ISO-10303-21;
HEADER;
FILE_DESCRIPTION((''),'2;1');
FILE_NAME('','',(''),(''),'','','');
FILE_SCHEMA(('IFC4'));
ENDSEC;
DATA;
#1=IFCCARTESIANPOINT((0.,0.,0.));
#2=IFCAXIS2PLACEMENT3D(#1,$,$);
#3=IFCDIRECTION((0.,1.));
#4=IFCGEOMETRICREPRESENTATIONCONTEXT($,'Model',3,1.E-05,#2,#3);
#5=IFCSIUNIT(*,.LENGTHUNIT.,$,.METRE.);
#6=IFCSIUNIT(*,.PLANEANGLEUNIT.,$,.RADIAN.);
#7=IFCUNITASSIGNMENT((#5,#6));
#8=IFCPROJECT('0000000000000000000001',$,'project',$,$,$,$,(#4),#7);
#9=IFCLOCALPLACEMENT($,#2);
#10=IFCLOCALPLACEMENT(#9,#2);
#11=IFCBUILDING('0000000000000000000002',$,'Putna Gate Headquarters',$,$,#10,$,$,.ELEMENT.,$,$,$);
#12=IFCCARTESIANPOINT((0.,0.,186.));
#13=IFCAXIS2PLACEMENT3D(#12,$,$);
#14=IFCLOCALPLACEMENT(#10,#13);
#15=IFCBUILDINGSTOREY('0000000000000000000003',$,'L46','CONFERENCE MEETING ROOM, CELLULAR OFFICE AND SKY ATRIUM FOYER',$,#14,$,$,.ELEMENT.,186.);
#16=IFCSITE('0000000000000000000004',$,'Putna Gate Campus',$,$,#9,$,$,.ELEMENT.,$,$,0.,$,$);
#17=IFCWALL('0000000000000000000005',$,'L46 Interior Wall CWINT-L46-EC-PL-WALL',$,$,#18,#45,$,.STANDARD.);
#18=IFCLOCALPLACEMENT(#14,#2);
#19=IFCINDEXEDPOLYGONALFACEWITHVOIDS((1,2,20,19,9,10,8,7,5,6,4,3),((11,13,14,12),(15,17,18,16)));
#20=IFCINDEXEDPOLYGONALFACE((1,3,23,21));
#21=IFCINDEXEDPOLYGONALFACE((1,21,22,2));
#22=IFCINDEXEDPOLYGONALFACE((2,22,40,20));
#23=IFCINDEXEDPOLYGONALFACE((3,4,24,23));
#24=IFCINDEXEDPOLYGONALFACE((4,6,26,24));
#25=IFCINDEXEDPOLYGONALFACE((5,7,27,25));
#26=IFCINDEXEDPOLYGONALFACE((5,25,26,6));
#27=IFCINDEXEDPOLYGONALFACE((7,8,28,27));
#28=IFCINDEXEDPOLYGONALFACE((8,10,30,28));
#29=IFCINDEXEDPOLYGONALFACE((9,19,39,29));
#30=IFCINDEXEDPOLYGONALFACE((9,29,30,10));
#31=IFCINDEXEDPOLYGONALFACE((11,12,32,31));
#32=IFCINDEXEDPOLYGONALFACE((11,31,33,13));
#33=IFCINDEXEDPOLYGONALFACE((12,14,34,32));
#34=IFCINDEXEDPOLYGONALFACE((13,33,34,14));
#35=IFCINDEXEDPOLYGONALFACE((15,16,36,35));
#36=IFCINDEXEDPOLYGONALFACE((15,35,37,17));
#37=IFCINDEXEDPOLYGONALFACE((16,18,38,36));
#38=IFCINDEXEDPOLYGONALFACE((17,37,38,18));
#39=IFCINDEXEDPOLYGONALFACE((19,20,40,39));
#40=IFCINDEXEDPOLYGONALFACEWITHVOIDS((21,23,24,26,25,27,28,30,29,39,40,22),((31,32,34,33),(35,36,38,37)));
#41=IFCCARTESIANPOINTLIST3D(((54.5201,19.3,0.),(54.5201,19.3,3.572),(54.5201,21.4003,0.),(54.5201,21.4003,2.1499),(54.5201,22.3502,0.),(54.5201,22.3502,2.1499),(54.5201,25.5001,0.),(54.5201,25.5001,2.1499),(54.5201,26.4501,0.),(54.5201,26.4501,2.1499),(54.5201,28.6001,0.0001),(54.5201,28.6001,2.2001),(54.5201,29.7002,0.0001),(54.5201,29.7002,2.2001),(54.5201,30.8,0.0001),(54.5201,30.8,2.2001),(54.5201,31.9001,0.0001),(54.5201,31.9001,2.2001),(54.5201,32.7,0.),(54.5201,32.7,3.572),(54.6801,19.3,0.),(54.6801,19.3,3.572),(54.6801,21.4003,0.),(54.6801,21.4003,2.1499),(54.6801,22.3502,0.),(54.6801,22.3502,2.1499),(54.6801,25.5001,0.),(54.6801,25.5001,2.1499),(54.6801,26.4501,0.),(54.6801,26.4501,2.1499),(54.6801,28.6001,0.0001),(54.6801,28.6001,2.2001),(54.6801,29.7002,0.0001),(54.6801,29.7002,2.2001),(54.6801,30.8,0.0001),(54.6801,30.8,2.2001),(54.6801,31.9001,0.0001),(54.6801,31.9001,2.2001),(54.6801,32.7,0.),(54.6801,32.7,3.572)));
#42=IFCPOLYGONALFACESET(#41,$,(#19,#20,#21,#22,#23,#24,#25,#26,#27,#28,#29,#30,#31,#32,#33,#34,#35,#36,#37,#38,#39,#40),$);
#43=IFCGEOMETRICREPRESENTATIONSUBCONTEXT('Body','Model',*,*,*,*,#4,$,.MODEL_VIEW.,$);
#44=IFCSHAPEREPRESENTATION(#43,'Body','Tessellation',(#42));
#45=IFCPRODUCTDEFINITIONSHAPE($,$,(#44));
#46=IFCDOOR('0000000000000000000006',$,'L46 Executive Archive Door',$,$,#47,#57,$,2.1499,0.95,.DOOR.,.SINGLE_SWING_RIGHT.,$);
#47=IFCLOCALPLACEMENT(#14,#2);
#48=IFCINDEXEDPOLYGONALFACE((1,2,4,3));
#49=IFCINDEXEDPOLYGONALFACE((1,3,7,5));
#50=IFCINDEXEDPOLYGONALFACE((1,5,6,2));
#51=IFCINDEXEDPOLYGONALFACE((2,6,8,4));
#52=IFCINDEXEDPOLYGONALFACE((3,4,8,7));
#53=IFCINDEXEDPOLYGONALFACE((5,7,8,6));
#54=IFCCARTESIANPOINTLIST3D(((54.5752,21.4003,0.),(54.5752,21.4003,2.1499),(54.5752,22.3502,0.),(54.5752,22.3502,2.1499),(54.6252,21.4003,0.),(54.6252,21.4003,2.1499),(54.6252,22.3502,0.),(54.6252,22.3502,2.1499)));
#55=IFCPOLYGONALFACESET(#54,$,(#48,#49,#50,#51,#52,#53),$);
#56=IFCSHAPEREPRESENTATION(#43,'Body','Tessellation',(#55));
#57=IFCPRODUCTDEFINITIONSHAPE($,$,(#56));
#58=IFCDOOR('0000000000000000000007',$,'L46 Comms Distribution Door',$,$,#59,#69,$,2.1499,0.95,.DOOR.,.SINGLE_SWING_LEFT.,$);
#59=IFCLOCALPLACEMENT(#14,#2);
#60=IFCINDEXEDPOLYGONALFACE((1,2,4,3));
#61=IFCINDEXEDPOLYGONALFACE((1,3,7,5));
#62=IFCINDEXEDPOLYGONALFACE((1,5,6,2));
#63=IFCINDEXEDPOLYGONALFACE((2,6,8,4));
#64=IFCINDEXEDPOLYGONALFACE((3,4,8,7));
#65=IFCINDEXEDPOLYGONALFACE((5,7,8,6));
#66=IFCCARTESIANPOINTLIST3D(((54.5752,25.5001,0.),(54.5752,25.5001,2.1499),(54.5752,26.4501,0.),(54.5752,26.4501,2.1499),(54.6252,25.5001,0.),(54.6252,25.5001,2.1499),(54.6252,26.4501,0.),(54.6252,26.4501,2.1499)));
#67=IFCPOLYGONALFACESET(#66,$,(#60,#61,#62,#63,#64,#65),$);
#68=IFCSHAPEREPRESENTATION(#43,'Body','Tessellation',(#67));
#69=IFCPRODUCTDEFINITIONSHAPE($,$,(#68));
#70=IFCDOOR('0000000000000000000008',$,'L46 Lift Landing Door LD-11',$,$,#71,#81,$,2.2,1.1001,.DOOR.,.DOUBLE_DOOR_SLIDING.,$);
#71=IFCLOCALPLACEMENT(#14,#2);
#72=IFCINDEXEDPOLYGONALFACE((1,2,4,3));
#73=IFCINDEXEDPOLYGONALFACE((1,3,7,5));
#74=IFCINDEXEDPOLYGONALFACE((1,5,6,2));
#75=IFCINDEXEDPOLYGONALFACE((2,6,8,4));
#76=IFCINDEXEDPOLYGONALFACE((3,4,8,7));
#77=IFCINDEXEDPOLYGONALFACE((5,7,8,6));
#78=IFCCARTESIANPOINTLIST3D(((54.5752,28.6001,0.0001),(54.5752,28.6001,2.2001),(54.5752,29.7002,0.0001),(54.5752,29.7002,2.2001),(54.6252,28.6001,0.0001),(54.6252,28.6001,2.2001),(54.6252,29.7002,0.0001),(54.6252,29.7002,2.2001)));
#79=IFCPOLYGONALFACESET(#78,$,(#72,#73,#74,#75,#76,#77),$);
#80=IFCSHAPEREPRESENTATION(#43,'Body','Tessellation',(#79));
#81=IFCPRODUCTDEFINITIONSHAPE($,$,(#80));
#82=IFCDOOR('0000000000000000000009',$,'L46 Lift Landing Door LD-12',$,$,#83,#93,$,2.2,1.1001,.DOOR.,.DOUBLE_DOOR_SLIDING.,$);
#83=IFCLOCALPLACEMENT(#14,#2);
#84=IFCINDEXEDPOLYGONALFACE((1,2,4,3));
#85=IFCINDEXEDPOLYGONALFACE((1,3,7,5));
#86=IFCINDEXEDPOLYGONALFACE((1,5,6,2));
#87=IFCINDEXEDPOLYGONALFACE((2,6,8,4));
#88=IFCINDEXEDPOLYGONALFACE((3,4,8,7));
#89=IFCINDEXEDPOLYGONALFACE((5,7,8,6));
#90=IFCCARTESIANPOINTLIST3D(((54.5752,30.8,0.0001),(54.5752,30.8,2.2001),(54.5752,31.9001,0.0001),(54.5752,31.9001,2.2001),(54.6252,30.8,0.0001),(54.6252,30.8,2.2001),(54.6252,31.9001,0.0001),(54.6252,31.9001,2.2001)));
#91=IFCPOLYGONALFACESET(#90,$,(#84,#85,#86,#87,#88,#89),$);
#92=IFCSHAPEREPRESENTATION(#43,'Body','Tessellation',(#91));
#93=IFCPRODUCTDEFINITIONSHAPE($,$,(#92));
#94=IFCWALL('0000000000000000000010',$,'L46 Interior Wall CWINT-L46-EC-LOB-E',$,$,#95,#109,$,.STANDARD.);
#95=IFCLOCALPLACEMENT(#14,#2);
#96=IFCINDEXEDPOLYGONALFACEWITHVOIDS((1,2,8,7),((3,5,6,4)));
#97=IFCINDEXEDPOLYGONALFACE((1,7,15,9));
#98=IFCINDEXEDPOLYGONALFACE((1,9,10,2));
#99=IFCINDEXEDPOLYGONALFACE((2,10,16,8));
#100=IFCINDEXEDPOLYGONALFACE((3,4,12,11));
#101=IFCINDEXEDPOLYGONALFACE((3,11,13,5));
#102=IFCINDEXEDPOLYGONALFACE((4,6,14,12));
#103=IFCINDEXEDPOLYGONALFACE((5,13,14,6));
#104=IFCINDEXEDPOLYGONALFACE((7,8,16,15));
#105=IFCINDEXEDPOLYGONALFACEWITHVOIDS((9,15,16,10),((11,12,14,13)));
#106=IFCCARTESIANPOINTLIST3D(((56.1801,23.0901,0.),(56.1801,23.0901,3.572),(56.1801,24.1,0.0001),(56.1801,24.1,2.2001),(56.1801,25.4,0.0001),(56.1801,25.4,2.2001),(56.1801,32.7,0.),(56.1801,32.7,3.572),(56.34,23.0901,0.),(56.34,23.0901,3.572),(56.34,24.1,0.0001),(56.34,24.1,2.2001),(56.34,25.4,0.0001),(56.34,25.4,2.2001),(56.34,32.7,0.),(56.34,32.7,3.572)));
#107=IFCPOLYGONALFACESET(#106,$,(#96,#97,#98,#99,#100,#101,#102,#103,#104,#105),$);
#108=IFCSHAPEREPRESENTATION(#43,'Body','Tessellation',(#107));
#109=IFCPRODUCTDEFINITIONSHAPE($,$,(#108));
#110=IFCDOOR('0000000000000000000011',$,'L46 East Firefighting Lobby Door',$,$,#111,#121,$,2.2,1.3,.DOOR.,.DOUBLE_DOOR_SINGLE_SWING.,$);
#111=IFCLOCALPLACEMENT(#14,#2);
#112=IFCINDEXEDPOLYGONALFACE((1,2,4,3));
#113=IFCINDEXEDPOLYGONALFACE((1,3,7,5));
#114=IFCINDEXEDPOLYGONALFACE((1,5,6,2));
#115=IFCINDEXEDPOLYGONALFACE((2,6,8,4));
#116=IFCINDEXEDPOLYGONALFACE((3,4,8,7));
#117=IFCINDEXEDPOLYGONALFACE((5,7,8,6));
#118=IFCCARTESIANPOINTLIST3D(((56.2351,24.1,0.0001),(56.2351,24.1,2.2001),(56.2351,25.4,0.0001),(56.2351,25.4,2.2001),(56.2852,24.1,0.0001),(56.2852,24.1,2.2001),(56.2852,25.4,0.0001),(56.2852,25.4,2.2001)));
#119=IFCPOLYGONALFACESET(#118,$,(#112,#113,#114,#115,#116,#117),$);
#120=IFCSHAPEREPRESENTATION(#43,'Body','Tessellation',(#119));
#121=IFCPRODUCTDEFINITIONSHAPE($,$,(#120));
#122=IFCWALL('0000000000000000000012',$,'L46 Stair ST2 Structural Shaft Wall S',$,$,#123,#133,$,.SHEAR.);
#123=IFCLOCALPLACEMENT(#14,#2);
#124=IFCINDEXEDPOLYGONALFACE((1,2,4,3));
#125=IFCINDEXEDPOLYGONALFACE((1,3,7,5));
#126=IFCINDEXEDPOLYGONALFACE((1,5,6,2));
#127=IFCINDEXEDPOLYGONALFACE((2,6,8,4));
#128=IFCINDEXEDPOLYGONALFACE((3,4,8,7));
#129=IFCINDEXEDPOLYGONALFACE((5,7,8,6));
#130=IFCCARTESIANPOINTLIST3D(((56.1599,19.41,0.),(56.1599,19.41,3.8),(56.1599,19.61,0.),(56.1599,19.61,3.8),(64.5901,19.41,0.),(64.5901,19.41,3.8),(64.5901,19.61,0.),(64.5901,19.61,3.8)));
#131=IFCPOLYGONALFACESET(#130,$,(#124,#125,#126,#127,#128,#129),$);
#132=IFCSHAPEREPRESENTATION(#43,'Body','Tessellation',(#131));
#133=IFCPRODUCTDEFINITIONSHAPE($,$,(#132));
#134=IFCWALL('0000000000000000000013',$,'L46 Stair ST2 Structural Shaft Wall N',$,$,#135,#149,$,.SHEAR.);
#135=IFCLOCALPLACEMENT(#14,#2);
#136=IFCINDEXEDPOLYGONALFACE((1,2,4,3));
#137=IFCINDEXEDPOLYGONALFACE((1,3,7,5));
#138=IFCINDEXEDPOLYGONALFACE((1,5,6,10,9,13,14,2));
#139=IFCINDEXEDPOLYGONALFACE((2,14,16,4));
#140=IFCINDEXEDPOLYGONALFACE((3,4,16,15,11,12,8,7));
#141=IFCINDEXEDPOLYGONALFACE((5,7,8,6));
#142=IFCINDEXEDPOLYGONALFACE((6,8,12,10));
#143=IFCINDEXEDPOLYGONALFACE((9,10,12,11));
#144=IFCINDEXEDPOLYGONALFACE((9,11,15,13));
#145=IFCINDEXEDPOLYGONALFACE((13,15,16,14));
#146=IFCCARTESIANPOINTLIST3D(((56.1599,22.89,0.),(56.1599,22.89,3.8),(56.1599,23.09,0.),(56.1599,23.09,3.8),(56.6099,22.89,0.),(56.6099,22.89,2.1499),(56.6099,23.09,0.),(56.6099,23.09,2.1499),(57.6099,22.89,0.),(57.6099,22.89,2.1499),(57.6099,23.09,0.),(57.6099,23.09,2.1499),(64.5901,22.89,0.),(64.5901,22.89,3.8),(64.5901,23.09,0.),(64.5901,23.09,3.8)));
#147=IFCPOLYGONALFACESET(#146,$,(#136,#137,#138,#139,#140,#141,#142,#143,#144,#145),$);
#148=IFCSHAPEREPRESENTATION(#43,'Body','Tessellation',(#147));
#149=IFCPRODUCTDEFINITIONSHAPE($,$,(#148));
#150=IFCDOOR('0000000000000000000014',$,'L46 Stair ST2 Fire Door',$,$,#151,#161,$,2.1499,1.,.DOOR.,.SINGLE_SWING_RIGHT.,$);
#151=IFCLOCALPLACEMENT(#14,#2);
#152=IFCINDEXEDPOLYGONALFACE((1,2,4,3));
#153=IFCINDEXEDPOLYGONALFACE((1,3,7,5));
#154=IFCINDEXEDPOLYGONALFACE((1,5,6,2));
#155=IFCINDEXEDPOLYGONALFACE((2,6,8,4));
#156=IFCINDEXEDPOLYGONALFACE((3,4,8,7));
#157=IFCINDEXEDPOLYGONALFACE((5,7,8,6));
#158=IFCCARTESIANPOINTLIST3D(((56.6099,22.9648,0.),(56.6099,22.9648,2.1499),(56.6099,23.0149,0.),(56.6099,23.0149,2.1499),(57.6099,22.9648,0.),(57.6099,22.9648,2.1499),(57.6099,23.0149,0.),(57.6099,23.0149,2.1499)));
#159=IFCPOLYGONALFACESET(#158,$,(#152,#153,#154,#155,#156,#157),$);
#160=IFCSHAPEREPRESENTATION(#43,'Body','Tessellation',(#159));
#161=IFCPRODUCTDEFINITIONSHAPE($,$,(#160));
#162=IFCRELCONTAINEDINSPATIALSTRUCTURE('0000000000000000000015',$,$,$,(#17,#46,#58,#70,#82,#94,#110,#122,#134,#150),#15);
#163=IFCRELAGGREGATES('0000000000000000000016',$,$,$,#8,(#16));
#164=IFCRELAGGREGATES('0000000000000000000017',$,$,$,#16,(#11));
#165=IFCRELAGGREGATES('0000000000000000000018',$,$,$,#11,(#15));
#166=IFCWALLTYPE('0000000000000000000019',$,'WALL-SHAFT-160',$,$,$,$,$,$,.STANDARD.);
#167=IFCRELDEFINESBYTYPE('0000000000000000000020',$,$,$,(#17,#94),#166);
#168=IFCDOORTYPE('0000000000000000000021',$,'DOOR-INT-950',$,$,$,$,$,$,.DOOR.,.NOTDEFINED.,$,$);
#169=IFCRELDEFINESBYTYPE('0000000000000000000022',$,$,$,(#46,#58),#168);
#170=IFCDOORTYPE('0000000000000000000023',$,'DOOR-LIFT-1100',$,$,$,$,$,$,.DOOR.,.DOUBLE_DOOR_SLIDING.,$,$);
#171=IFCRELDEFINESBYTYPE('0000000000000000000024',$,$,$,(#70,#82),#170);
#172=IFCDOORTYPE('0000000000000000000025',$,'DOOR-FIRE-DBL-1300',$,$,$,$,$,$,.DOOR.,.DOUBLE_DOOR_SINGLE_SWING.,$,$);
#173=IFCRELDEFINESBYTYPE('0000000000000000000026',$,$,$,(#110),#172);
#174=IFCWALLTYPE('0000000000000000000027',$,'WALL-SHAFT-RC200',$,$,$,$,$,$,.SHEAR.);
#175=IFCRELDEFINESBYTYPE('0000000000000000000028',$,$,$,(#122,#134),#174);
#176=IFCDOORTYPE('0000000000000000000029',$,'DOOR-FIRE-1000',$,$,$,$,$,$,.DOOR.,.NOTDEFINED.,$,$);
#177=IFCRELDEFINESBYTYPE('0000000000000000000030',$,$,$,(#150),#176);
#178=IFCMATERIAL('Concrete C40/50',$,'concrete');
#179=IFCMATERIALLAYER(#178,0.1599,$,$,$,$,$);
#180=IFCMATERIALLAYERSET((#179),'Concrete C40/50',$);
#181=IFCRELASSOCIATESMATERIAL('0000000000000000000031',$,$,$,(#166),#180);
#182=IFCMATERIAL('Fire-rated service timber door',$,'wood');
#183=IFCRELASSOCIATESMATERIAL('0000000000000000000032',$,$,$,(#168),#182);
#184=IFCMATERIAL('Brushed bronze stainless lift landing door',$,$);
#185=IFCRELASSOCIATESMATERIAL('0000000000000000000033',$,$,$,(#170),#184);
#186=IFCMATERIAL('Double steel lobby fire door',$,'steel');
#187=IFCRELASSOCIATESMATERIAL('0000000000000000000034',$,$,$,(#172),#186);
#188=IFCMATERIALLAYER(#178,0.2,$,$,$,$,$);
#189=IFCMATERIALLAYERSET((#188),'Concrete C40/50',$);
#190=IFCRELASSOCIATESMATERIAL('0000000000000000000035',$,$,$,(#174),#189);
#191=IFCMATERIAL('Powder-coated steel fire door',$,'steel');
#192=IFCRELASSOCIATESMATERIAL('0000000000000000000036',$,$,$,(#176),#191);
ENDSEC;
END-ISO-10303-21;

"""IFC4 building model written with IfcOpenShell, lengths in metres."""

from ifc_helpers import new_model, si_unit, direction, frame, frame_2d, origin, place, context, subcontext, project, spatial, rectangle, extrude, material, layer, layer_set, type_object, element, fill, save


model = new_model("IFC4")

# Units and contexts
model_context = context("Model", 3, precision=1e-05, world=origin(), true_north=direction((0.0, 1.0)))
body_context = subcontext(model_context, "Body", "Model", "MODEL_VIEW")
ifc_project = project(units=[si_unit("LENGTHUNIT", "METRE"), si_unit("PLANEANGLEUNIT", "RADIAN")], contexts=[model_context])

# Site, building, storey
site_placement = place(None, origin())
site = spatial("IfcSite", under=ifc_project, at=site_placement, Name="Putna Gate Campus", CompositionType="ELEMENT", RefElevation=0.0)
building_placement = place(site_placement, origin())
building = spatial("IfcBuilding", under=site, at=building_placement, Name="Putna Gate Headquarters", CompositionType="ELEMENT")
storey_placement = place(building_placement, frame((0.0, 0.0, 186.0)))
storey = spatial("IfcBuildingStorey", under=building, at=storey_placement, Name="L46", Description="CONFERENCE MEETING ROOM, CELLULAR OFFICE AND SKY ATRIUM FOYER", CompositionType="ELEMENT", Elevation=186.0)

# Wall, openings, doors
ifc_material_1 = material(Name="Concrete C40/50", Category="concrete")
ifc_layer_1 = layer(ifc_material_1, 0.1599)
ifc_layer_set_1 = layer_set([ifc_layer_1], Name="Concrete C40/50")
wall_type_1 = type_object("IfcWallType", Name="WALL-SHAFT-160", PredefinedType="STANDARD", material=ifc_layer_set_1)
wall_1_placement = place(storey_placement, frame((54.6001, 19.3, 0.0), z_axis=(0.0, 0.0, 1.0), x_axis=(0.0, 1.0, 0.0)))
wall_1 = element("IfcWall", 1, at=wall_1_placement, inside=storey, type_object=wall_type_1, Name="L46 Interior Wall CWINT-L46-EC-PL-WALL", PredefinedType="STANDARD", context=body_context, shape_type="SweptSolid", body=[
    extrude(rectangle(XDim=13.3999, YDim=0.1599, at=frame_2d((6.7, 0.0))), origin(), (0.0, 0.0, 1.0), 3.572),
])
opening_1_placement = place(wall_1_placement, frame((2.1001, 0.0, 0.0)))
opening_1 = element("IfcOpeningElement", 2, at=opening_1_placement, cuts=wall_1, PredefinedType="OPENING", context=body_context, shape_type="SweptSolid", body=[
    extrude(rectangle(XDim=0.95, YDim=2.1499, at=frame_2d((0.4751, 1.075))), frame((0.0, 0.0898, 0.0), z_axis=(0.0, -1.0, 0.0), x_axis=(1.0, 0.0, 0.0)), (0.0, 0.0, 1.0), 0.1799),
])
opening_2_placement = place(wall_1_placement, frame((6.2, 0.0, 0.0)))
opening_2 = element("IfcOpeningElement", 3, at=opening_2_placement, cuts=wall_1, PredefinedType="OPENING", context=body_context, shape_type="SweptSolid", body=[
    extrude(rectangle(XDim=0.95, YDim=2.1499, at=frame_2d((0.4751, 1.075))), frame((0.0, 0.0898, 0.0), z_axis=(0.0, -1.0, 0.0), x_axis=(1.0, 0.0, 0.0)), (0.0, 0.0, 1.0), 0.1799),
])
opening_3_placement = place(wall_1_placement, frame((9.3, 0.0, 0.0)))
opening_3 = element("IfcOpeningElement", 4, at=opening_3_placement, cuts=wall_1, PredefinedType="OPENING", context=body_context, shape_type="SweptSolid", body=[
    extrude(rectangle(XDim=1.1001, YDim=2.2, at=frame_2d((0.55, 1.1001))), frame((0.0, 0.0898, 0.0), z_axis=(0.0, -1.0, 0.0), x_axis=(1.0, 0.0, 0.0)), (0.0, 0.0, 1.0), 0.1799),
])
opening_4_placement = place(wall_1_placement, frame((11.5, 0.0, 0.0)))
opening_4 = element("IfcOpeningElement", 5, at=opening_4_placement, cuts=wall_1, PredefinedType="OPENING", context=body_context, shape_type="SweptSolid", body=[
    extrude(rectangle(XDim=1.1001, YDim=2.2, at=frame_2d((0.55, 1.1001))), frame((0.0, 0.0898, 0.0), z_axis=(0.0, -1.0, 0.0), x_axis=(1.0, 0.0, 0.0)), (0.0, 0.0, 1.0), 0.1799),
])
ifc_material_2 = material(Name="Fire-rated service timber door", Category="wood")
door_type_1 = type_object("IfcDoorType", Name="DOOR-INT-950", OperationType="NOTDEFINED", PredefinedType="DOOR", material=ifc_material_2)
door_1_placement = place(opening_1_placement, origin())
door_1 = element("IfcDoor", 6, at=door_1_placement, inside=storey, type_object=door_type_1, Name="L46 Executive Archive Door", OperationType="SINGLE_SWING_RIGHT", OverallHeight=2.1499, OverallWidth=0.95, PredefinedType="DOOR", context=body_context, shape_type="SweptSolid", body=[
    extrude(rectangle(XDim=0.95, YDim=2.1499, at=frame_2d((0.4751, 1.075))), frame((0.0, 0.0249, 0.0), z_axis=(0.0, -1.0, 0.0), x_axis=(1.0, 0.0, 0.0)), (0.0, 0.0, 1.0), 0.05),
])
fill(opening_1, door_1)
door_2_placement = place(opening_2_placement, origin())
door_2 = element("IfcDoor", 7, at=door_2_placement, inside=storey, type_object=door_type_1, Name="L46 Comms Distribution Door", OperationType="SINGLE_SWING_LEFT", OverallHeight=2.1499, OverallWidth=0.95, PredefinedType="DOOR", context=body_context, shape_type="SweptSolid", body=[
    extrude(rectangle(XDim=0.95, YDim=2.1499, at=frame_2d((0.4751, 1.075))), frame((0.0, 0.0249, 0.0), z_axis=(0.0, -1.0, 0.0), x_axis=(1.0, 0.0, 0.0)), (0.0, 0.0, 1.0), 0.05),
])
fill(opening_2, door_2)
ifc_material_3 = material(Name="Brushed bronze stainless lift landing door")
door_type_2 = type_object("IfcDoorType", Name="DOOR-LIFT-1100", OperationType="DOUBLE_DOOR_SLIDING", PredefinedType="DOOR", material=ifc_material_3)
door_3_placement = place(opening_3_placement, origin())
door_3 = element("IfcDoor", 8, at=door_3_placement, inside=storey, type_object=door_type_2, Name="L46 Lift Landing Door LD-11", OperationType="DOUBLE_DOOR_SLIDING", OverallHeight=2.2, OverallWidth=1.1001, PredefinedType="DOOR", context=body_context, shape_type="SweptSolid", body=[
    extrude(rectangle(XDim=1.1001, YDim=2.2, at=frame_2d((0.55, 1.1001))), frame((0.0, 0.0249, 0.0), z_axis=(0.0, -1.0, 0.0), x_axis=(1.0, 0.0, 0.0)), (0.0, 0.0, 1.0), 0.05),
])
fill(opening_3, door_3)
door_4_placement = place(opening_4_placement, origin())
door_4 = element("IfcDoor", 9, at=door_4_placement, inside=storey, type_object=door_type_2, Name="L46 Lift Landing Door LD-12", OperationType="DOUBLE_DOOR_SLIDING", OverallHeight=2.2, OverallWidth=1.1001, PredefinedType="DOOR", context=body_context, shape_type="SweptSolid", body=[
    extrude(rectangle(XDim=1.1001, YDim=2.2, at=frame_2d((0.55, 1.1001))), frame((0.0, 0.0249, 0.0), z_axis=(0.0, -1.0, 0.0), x_axis=(1.0, 0.0, 0.0)), (0.0, 0.0, 1.0), 0.05),
])
fill(opening_4, door_4)

# Wall, opening, door
wall_2_placement = place(storey_placement, frame((56.26, 23.0901, 0.0), z_axis=(0.0, 0.0, 1.0), x_axis=(0.0, 1.0, 0.0)))
wall_2 = element("IfcWall", 10, at=wall_2_placement, inside=storey, type_object=wall_type_1, Name="L46 Interior Wall CWINT-L46-EC-LOB-E", PredefinedType="STANDARD", context=body_context, shape_type="SweptSolid", body=[
    extrude(rectangle(XDim=9.6099, YDim=0.1599, at=frame_2d((4.8049, 0.0))), origin(), (0.0, 0.0, 1.0), 3.572),
])
opening_5_placement = place(wall_2_placement, frame((1.01, 0.0, 0.0)))
opening_5 = element("IfcOpeningElement", 11, at=opening_5_placement, cuts=wall_2, PredefinedType="OPENING", context=body_context, shape_type="SweptSolid", body=[
    extrude(rectangle(XDim=1.3, YDim=2.2, at=frame_2d((0.6499, 1.1001))), frame((0.0, 0.0898, 0.0), z_axis=(0.0, -1.0, 0.0), x_axis=(1.0, 0.0, 0.0)), (0.0, 0.0, 1.0), 0.1799),
])
ifc_material_4 = material(Name="Double steel lobby fire door", Category="steel")
door_type_3 = type_object("IfcDoorType", Name="DOOR-FIRE-DBL-1300", OperationType="DOUBLE_DOOR_SINGLE_SWING", PredefinedType="DOOR", material=ifc_material_4)
door_5_placement = place(opening_5_placement, origin())
door_5 = element("IfcDoor", 12, at=door_5_placement, inside=storey, type_object=door_type_3, Name="L46 East Firefighting Lobby Door", OperationType="DOUBLE_DOOR_SINGLE_SWING", OverallHeight=2.2, OverallWidth=1.3, PredefinedType="DOOR", context=body_context, shape_type="SweptSolid", body=[
    extrude(rectangle(XDim=1.3, YDim=2.2, at=frame_2d((0.6499, 1.1001))), frame((0.0, 0.0249, 0.0), z_axis=(0.0, -1.0, 0.0), x_axis=(1.0, 0.0, 0.0)), (0.0, 0.0, 1.0), 0.05),
])
fill(opening_5, door_5)

# Wall
ifc_layer_2 = layer(ifc_material_1, 0.2)
ifc_layer_set_2 = layer_set([ifc_layer_2], Name="Concrete C40/50")
wall_type_2 = type_object("IfcWallType", Name="WALL-SHAFT-RC200", PredefinedType="SHEAR", material=ifc_layer_set_2)
wall_3_placement = place(storey_placement, frame((56.1599, 19.51, 0.0), z_axis=(0.0, 0.0, 1.0), x_axis=(1.0, 0.0, 0.0)))
element("IfcWall", 13, at=wall_3_placement, inside=storey, type_object=wall_type_2, Name="L46 Stair ST2 Structural Shaft Wall S", PredefinedType="SHEAR", context=body_context, shape_type="SweptSolid", body=[
    extrude(rectangle(XDim=8.4302, YDim=0.2, at=frame_2d((4.2151, 0.0))), origin(), (0.0, 0.0, 1.0), 3.8),
])

# Wall, opening, door
wall_4_placement = place(storey_placement, frame((56.1599, 22.99, 0.0), z_axis=(0.0, 0.0, 1.0), x_axis=(1.0, 0.0, 0.0)))
wall_4 = element("IfcWall", 14, at=wall_4_placement, inside=storey, type_object=wall_type_2, Name="L46 Stair ST2 Structural Shaft Wall N", PredefinedType="SHEAR", context=body_context, shape_type="SweptSolid", body=[
    extrude(rectangle(XDim=8.4302, YDim=0.2, at=frame_2d((4.2151, 0.0))), origin(), (0.0, 0.0, 1.0), 3.8),
])
opening_6_placement = place(wall_4_placement, frame((0.45, 0.0, 0.0)))
opening_6 = element("IfcOpeningElement", 15, at=opening_6_placement, cuts=wall_4, PredefinedType="OPENING", context=body_context, shape_type="SweptSolid", body=[
    extrude(rectangle(XDim=1.0, YDim=2.1499, at=frame_2d((0.5, 1.075))), frame((0.0, 0.1099, 0.0), z_axis=(0.0, -1.0, 0.0), x_axis=(1.0, 0.0, 0.0)), (0.0, 0.0, 1.0), 0.22),
])
ifc_material_5 = material(Name="Powder-coated steel fire door", Category="steel")
door_type_4 = type_object("IfcDoorType", Name="DOOR-FIRE-1000", OperationType="NOTDEFINED", PredefinedType="DOOR", material=ifc_material_5)
door_6_placement = place(opening_6_placement, origin())
door_6 = element("IfcDoor", 16, at=door_6_placement, inside=storey, type_object=door_type_4, Name="L46 Stair ST2 Fire Door", OperationType="SINGLE_SWING_RIGHT", OverallHeight=2.1499, OverallWidth=1.0, PredefinedType="DOOR", context=body_context, shape_type="SweptSolid", body=[
    extrude(rectangle(XDim=1.0, YDim=2.1499, at=frame_2d((0.5, 1.075))), frame((0.0, 0.0249, 0.0), z_axis=(0.0, -1.0, 0.0), x_axis=(1.0, 0.0, 0.0)), (0.0, 0.0, 1.0), 0.05),
])
fill(opening_6, door_6)

save(model, "model.ifc")
